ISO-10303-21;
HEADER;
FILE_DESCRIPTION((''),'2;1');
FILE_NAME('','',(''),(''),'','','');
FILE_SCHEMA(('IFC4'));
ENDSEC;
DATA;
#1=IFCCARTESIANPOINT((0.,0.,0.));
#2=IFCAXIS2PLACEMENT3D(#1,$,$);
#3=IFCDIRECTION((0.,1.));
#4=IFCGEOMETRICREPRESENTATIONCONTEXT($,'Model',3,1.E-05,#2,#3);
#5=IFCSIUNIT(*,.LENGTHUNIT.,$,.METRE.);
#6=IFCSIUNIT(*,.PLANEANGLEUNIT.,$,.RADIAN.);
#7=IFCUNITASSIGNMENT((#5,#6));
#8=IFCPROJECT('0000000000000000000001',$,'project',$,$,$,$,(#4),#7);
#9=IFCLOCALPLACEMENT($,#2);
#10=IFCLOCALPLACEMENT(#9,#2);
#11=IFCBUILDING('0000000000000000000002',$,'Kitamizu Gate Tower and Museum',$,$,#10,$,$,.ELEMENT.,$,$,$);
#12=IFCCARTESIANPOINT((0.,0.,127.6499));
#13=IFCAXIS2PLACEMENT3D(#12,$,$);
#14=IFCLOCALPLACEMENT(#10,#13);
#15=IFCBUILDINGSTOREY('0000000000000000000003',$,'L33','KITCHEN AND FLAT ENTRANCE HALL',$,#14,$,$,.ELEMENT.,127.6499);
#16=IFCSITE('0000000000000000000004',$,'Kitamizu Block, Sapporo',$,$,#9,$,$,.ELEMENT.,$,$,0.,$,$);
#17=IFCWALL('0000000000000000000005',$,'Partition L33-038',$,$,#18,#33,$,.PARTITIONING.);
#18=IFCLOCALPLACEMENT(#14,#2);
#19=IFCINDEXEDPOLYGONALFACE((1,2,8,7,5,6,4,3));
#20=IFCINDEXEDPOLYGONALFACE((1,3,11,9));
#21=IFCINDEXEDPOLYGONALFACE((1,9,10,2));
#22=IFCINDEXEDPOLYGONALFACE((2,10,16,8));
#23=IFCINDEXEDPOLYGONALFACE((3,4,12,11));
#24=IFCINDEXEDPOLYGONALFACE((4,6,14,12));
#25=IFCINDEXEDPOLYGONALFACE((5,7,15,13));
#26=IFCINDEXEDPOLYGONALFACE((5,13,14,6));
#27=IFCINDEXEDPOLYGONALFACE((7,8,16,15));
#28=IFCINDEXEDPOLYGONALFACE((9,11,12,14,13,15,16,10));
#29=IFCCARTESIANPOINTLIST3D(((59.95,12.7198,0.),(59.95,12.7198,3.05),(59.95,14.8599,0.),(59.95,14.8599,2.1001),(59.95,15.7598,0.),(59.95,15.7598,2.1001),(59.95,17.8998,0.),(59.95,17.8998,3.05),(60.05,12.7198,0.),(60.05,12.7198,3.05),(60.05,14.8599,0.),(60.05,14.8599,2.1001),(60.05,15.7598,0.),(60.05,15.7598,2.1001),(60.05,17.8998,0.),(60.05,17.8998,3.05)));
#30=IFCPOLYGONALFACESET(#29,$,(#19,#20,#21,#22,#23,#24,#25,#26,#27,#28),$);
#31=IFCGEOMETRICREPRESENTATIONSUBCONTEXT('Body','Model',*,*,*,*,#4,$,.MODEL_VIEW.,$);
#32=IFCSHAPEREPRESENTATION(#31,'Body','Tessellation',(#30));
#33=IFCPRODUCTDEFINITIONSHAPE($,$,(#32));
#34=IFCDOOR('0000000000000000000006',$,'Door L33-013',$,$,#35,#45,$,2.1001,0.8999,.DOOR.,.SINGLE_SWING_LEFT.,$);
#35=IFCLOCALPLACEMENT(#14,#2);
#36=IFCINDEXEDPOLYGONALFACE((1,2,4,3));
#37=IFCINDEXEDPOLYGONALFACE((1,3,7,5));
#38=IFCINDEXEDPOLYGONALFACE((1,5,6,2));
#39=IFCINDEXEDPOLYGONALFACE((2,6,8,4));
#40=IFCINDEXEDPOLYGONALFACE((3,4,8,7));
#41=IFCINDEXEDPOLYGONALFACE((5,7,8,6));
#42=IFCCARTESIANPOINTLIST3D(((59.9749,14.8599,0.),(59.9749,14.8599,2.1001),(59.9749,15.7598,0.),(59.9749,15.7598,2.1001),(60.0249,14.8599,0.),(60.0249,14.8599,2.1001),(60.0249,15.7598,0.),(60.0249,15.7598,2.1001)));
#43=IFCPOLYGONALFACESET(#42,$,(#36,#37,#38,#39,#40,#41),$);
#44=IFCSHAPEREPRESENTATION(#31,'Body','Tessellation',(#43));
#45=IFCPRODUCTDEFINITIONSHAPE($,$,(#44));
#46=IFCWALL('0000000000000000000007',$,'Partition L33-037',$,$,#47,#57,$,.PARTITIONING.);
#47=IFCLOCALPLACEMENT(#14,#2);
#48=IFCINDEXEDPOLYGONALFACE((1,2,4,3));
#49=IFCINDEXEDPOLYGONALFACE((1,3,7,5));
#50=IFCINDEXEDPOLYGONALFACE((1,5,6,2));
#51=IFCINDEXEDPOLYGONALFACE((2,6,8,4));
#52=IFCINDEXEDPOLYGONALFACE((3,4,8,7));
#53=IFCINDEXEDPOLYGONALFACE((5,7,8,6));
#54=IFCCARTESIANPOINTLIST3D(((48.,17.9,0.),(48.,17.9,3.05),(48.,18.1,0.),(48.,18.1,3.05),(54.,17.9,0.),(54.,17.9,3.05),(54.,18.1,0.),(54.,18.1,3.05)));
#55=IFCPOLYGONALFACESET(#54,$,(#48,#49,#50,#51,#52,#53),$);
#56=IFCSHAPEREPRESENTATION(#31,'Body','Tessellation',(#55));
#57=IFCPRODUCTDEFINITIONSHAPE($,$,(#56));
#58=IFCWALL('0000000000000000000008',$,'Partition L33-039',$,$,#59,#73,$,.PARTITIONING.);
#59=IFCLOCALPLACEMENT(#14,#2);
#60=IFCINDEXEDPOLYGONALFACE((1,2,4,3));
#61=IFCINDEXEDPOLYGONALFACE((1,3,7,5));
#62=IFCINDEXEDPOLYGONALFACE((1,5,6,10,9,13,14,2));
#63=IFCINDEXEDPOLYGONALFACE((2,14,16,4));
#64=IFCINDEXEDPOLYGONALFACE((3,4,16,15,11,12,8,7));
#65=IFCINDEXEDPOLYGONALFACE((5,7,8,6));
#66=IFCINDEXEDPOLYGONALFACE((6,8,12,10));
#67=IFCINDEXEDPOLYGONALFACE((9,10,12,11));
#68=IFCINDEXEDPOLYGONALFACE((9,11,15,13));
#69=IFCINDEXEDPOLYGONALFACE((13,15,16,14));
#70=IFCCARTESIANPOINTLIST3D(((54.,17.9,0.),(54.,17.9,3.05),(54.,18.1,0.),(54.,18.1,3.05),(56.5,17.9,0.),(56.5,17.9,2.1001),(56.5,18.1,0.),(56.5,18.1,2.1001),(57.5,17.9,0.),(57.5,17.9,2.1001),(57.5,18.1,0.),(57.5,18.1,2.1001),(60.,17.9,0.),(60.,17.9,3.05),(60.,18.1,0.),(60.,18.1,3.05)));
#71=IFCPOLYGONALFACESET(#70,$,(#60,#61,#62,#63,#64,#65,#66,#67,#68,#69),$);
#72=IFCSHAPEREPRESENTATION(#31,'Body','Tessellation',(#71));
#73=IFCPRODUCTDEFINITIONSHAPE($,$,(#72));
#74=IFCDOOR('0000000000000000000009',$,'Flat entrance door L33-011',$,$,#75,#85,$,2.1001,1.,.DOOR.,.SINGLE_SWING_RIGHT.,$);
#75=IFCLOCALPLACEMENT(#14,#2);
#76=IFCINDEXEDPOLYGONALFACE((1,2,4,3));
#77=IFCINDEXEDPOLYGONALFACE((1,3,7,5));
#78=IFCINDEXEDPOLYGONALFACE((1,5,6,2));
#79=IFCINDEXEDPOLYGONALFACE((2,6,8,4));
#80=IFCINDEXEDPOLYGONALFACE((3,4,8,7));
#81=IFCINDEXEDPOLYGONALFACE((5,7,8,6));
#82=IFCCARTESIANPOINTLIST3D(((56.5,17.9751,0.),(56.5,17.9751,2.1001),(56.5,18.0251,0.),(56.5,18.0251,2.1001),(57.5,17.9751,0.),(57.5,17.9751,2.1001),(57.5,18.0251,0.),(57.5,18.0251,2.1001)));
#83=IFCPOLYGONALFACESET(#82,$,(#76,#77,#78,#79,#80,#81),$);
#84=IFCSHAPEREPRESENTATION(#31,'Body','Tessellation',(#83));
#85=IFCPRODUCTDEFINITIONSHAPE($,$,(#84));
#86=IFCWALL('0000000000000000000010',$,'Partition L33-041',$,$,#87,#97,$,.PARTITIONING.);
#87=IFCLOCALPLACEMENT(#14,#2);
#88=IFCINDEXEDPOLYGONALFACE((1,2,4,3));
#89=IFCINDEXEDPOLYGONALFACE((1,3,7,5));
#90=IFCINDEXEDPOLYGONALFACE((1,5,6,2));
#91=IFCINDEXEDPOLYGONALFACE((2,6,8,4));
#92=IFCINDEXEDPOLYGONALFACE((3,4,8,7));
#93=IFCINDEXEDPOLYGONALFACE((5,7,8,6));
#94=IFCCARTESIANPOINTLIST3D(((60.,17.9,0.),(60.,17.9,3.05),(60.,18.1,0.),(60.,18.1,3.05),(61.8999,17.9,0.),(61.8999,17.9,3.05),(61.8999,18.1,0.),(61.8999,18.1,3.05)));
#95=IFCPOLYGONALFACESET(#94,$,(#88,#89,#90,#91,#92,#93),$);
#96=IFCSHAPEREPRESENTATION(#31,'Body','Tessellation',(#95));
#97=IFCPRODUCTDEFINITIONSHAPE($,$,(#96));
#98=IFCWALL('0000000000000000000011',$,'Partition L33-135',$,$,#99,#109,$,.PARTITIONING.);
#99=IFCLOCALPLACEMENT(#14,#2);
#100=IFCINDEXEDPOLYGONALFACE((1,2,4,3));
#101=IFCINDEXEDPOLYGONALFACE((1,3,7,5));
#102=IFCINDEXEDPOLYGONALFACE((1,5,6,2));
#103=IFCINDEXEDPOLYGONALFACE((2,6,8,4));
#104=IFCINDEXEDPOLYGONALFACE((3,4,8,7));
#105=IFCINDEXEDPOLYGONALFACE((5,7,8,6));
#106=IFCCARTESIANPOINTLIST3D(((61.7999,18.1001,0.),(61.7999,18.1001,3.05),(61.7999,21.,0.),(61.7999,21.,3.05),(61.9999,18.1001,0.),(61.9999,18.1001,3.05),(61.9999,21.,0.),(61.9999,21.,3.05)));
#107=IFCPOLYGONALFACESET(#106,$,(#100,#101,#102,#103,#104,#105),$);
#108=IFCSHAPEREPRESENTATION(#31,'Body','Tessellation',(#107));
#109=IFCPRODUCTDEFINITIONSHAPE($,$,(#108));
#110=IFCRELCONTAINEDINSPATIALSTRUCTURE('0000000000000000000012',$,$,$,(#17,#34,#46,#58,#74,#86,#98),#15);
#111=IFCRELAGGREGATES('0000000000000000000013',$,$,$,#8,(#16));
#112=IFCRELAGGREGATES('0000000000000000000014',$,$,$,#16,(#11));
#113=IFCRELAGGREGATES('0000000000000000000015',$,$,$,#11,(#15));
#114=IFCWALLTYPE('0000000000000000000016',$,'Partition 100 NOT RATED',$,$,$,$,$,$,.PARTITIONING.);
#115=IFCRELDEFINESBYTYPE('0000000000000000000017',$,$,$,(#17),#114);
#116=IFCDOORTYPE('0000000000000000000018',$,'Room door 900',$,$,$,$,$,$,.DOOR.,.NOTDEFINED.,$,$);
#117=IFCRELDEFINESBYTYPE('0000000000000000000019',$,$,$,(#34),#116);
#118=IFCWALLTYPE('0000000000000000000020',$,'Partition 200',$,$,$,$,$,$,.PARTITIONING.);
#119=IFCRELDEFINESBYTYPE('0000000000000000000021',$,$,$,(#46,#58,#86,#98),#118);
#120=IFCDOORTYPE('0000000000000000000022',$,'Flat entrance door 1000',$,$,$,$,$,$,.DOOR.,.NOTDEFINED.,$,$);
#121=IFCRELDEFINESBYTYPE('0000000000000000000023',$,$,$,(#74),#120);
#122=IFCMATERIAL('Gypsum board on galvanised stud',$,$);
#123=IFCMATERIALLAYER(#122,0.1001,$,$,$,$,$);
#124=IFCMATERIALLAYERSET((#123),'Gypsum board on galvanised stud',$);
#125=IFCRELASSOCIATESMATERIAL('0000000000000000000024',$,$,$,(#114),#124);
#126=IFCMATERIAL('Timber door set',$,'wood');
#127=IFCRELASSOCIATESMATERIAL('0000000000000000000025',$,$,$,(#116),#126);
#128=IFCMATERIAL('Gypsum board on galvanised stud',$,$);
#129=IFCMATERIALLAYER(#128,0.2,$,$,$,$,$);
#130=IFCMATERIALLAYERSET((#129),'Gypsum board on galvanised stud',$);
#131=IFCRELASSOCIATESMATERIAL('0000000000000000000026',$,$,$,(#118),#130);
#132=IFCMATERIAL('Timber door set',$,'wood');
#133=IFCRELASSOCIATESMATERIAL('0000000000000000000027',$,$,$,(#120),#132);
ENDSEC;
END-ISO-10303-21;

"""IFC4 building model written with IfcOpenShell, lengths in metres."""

from ifc_helpers import new_model, si_unit, direction, frame, frame_2d, origin, place, context, subcontext, project, spatial, rectangle, extrude, material, layer, layer_set, type_object, element, fill, save


model = new_model("IFC4")

# Units and contexts
model_context = context("Model", 3, precision=1e-05, world=origin(), true_north=direction((0.0, 1.0)))
body_context = subcontext(model_context, "Body", "Model", "MODEL_VIEW")
ifc_project = project(units=[si_unit("LENGTHUNIT", "METRE"), si_unit("PLANEANGLEUNIT", "RADIAN")], contexts=[model_context])

# Site, building, storey
site_placement = place(None, origin())
site = spatial("IfcSite", under=ifc_project, at=site_placement, Name="Kitamizu Block, Sapporo", CompositionType="ELEMENT", RefElevation=0.0)
building_placement = place(site_placement, origin())
building = spatial("IfcBuilding", under=site, at=building_placement, Name="Kitamizu Gate Tower and Museum", CompositionType="ELEMENT")
storey_placement = place(building_placement, frame((0.0, 0.0, 127.6499)))
storey = spatial("IfcBuildingStorey", under=building, at=storey_placement, Name="L33", Description="KITCHEN AND FLAT ENTRANCE HALL", CompositionType="ELEMENT", Elevation=127.6499)

# Wall, opening, door
ifc_material_1 = material(Name="Gypsum board on galvanised stud")
ifc_layer_1 = layer(ifc_material_1, 0.1001)
ifc_layer_set_1 = layer_set([ifc_layer_1], Name="Gypsum board on galvanised stud")
wall_type_1 = type_object("IfcWallType", Name="Partition 100 NOT RATED", PredefinedType="PARTITIONING", material=ifc_layer_set_1)
ifc_material_2 = material(Name="Timber door set", Category="wood")
door_type_1 = type_object("IfcDoorType", Name="Room door 900", OperationType="NOTDEFINED", PredefinedType="DOOR", material=ifc_material_2)
wall_1_placement = place(storey_placement, frame((60.0, 12.72, 0.0), z_axis=(0.0, 0.0, 1.0), x_axis=(0.0, 1.0, 0.0)))
wall_1 = element("IfcWall", 1, at=wall_1_placement, inside=storey, type_object=wall_type_1, Name="Partition L33-038", PredefinedType="PARTITIONING", context=body_context, shape_type="SweptSolid", body=[
    extrude(rectangle(XDim=5.1799, YDim=0.1001, at=frame_2d((2.5898, 0.0))), origin(), (0.0, 0.0, 1.0), 3.05),
])
opening_1_placement = place(wall_1_placement, frame((2.1399, 0.0, 0.0)))
opening_1 = element("IfcOpeningElement", 2, at=opening_1_placement, cuts=wall_1, PredefinedType="OPENING", context=body_context, shape_type="SweptSolid", body=[
    extrude(rectangle(XDim=0.8999, YDim=2.1001, at=frame_2d((0.45, 1.05))), frame((0.0, 0.0601, 0.0), z_axis=(0.0, -1.0, 0.0), x_axis=(1.0, 0.0, 0.0)), (0.0, 0.0, 1.0), 0.1201),
])
door_1_placement = place(opening_1_placement, frame((0.8999, 0.0, 0.0), x_axis=(-1.0, 0.0, 0.0)))
door_1 = element("IfcDoor", 3, at=door_1_placement, inside=storey, type_object=door_type_1, Name="Door L33-013", OperationType="SINGLE_SWING_LEFT", OverallHeight=2.1001, OverallWidth=0.8999, PredefinedType="DOOR", context=body_context, shape_type="SweptSolid", body=[
    extrude(rectangle(XDim=0.8999, YDim=2.1001, at=frame_2d((0.45, 1.05))), frame((0.0, 0.0249, 0.0), z_axis=(0.0, -1.0, 0.0), x_axis=(1.0, 0.0, 0.0)), (0.0, 0.0, 1.0), 0.05),
])
fill(opening_1, door_1)

# Wall
ifc_material_3 = material(Name="Gypsum board on galvanised stud")
ifc_layer_2 = layer(ifc_material_3, 0.2)
ifc_layer_set_2 = layer_set([ifc_layer_2], Name="Gypsum board on galvanised stud")
wall_type_2 = type_object("IfcWallType", Name="Partition 200", PredefinedType="PARTITIONING", material=ifc_layer_set_2)
wall_2_placement = place(storey_placement, frame((54.0, 18.0, 0.0), z_axis=(0.0, 0.0, 1.0), x_axis=(-1.0, 0.0, 0.0)))
element("IfcWall", 4, at=wall_2_placement, inside=storey, type_object=wall_type_2, Name="Partition L33-037", PredefinedType="PARTITIONING", context=body_context, shape_type="SweptSolid", body=[
    extrude(rectangle(XDim=6.0, YDim=0.2, at=frame_2d((3.0, 0.0))), origin(), (0.0, 0.0, 1.0), 3.05),
])

# Wall, opening, door
wall_3_placement = place(storey_placement, frame((60.0, 18.0, 0.0), z_axis=(0.0, 0.0, 1.0), x_axis=(-1.0, 0.0, 0.0)))
wall_3 = element("IfcWall", 5, at=wall_3_placement, inside=storey, type_object=wall_type_2, Name="Partition L33-039", PredefinedType="PARTITIONING", context=body_context, shape_type="SweptSolid", body=[
    extrude(rectangle(XDim=6.0, YDim=0.2, at=frame_2d((3.0, 0.0))), origin(), (0.0, 0.0, 1.0), 3.05),
])
opening_2_placement = place(wall_3_placement, frame((2.5, 0.0, 0.0)))
opening_2 = element("IfcOpeningElement", 6, at=opening_2_placement, cuts=wall_3, PredefinedType="OPENING", context=body_context, shape_type="SweptSolid", body=[
    extrude(rectangle(XDim=1.0, YDim=2.1001, at=frame_2d((0.5, 1.05))), frame((0.0, 0.1099, 0.0), z_axis=(0.0, -1.0, 0.0), x_axis=(1.0, 0.0, 0.0)), (0.0, 0.0, 1.0), 0.22),
])
ifc_material_4 = material(Name="Timber door set", Category="wood")
door_type_2 = type_object("IfcDoorType", Name="Flat entrance door 1000", OperationType="NOTDEFINED", PredefinedType="DOOR", material=ifc_material_4)
door_2_placement = place(opening_2_placement, origin())
door_2 = element("IfcDoor", 7, at=door_2_placement, inside=storey, type_object=door_type_2, Name="Flat entrance door L33-011", OperationType="SINGLE_SWING_RIGHT", OverallHeight=2.1001, OverallWidth=1.0, PredefinedType="DOOR", context=body_context, shape_type="SweptSolid", body=[
    extrude(rectangle(XDim=1.0, YDim=2.1001, at=frame_2d((0.5, 1.05))), frame((0.0, 0.0249, 0.0), z_axis=(0.0, -1.0, 0.0), x_axis=(1.0, 0.0, 0.0)), (0.0, 0.0, 1.0), 0.05),
])
fill(opening_2, door_2)

# Walls
wall_4_placement = place(storey_placement, frame((61.8999, 18.0, 0.0), z_axis=(0.0, 0.0, 1.0), x_axis=(-1.0, 0.0, 0.0)))
element("IfcWall", 8, at=wall_4_placement, inside=storey, type_object=wall_type_2, Name="Partition L33-041", PredefinedType="PARTITIONING", context=body_context, shape_type="SweptSolid", body=[
    extrude(rectangle(XDim=1.8999, YDim=0.2, at=frame_2d((0.95, 0.0))), origin(), (0.0, 0.0, 1.0), 3.05),
])
wall_5_placement = place(storey_placement, frame((61.8999, 21.0, 0.0), z_axis=(0.0, 0.0, 1.0), x_axis=(0.0, -1.0, 0.0)))
element("IfcWall", 9, at=wall_5_placement, inside=storey, type_object=wall_type_2, Name="Partition L33-135", PredefinedType="PARTITIONING", context=body_context, shape_type="SweptSolid", body=[
    extrude(rectangle(XDim=2.8999, YDim=0.2, at=frame_2d((1.45, 0.0))), origin(), (0.0, 0.0, 1.0), 3.05),
])

save(model, "model.ifc")
